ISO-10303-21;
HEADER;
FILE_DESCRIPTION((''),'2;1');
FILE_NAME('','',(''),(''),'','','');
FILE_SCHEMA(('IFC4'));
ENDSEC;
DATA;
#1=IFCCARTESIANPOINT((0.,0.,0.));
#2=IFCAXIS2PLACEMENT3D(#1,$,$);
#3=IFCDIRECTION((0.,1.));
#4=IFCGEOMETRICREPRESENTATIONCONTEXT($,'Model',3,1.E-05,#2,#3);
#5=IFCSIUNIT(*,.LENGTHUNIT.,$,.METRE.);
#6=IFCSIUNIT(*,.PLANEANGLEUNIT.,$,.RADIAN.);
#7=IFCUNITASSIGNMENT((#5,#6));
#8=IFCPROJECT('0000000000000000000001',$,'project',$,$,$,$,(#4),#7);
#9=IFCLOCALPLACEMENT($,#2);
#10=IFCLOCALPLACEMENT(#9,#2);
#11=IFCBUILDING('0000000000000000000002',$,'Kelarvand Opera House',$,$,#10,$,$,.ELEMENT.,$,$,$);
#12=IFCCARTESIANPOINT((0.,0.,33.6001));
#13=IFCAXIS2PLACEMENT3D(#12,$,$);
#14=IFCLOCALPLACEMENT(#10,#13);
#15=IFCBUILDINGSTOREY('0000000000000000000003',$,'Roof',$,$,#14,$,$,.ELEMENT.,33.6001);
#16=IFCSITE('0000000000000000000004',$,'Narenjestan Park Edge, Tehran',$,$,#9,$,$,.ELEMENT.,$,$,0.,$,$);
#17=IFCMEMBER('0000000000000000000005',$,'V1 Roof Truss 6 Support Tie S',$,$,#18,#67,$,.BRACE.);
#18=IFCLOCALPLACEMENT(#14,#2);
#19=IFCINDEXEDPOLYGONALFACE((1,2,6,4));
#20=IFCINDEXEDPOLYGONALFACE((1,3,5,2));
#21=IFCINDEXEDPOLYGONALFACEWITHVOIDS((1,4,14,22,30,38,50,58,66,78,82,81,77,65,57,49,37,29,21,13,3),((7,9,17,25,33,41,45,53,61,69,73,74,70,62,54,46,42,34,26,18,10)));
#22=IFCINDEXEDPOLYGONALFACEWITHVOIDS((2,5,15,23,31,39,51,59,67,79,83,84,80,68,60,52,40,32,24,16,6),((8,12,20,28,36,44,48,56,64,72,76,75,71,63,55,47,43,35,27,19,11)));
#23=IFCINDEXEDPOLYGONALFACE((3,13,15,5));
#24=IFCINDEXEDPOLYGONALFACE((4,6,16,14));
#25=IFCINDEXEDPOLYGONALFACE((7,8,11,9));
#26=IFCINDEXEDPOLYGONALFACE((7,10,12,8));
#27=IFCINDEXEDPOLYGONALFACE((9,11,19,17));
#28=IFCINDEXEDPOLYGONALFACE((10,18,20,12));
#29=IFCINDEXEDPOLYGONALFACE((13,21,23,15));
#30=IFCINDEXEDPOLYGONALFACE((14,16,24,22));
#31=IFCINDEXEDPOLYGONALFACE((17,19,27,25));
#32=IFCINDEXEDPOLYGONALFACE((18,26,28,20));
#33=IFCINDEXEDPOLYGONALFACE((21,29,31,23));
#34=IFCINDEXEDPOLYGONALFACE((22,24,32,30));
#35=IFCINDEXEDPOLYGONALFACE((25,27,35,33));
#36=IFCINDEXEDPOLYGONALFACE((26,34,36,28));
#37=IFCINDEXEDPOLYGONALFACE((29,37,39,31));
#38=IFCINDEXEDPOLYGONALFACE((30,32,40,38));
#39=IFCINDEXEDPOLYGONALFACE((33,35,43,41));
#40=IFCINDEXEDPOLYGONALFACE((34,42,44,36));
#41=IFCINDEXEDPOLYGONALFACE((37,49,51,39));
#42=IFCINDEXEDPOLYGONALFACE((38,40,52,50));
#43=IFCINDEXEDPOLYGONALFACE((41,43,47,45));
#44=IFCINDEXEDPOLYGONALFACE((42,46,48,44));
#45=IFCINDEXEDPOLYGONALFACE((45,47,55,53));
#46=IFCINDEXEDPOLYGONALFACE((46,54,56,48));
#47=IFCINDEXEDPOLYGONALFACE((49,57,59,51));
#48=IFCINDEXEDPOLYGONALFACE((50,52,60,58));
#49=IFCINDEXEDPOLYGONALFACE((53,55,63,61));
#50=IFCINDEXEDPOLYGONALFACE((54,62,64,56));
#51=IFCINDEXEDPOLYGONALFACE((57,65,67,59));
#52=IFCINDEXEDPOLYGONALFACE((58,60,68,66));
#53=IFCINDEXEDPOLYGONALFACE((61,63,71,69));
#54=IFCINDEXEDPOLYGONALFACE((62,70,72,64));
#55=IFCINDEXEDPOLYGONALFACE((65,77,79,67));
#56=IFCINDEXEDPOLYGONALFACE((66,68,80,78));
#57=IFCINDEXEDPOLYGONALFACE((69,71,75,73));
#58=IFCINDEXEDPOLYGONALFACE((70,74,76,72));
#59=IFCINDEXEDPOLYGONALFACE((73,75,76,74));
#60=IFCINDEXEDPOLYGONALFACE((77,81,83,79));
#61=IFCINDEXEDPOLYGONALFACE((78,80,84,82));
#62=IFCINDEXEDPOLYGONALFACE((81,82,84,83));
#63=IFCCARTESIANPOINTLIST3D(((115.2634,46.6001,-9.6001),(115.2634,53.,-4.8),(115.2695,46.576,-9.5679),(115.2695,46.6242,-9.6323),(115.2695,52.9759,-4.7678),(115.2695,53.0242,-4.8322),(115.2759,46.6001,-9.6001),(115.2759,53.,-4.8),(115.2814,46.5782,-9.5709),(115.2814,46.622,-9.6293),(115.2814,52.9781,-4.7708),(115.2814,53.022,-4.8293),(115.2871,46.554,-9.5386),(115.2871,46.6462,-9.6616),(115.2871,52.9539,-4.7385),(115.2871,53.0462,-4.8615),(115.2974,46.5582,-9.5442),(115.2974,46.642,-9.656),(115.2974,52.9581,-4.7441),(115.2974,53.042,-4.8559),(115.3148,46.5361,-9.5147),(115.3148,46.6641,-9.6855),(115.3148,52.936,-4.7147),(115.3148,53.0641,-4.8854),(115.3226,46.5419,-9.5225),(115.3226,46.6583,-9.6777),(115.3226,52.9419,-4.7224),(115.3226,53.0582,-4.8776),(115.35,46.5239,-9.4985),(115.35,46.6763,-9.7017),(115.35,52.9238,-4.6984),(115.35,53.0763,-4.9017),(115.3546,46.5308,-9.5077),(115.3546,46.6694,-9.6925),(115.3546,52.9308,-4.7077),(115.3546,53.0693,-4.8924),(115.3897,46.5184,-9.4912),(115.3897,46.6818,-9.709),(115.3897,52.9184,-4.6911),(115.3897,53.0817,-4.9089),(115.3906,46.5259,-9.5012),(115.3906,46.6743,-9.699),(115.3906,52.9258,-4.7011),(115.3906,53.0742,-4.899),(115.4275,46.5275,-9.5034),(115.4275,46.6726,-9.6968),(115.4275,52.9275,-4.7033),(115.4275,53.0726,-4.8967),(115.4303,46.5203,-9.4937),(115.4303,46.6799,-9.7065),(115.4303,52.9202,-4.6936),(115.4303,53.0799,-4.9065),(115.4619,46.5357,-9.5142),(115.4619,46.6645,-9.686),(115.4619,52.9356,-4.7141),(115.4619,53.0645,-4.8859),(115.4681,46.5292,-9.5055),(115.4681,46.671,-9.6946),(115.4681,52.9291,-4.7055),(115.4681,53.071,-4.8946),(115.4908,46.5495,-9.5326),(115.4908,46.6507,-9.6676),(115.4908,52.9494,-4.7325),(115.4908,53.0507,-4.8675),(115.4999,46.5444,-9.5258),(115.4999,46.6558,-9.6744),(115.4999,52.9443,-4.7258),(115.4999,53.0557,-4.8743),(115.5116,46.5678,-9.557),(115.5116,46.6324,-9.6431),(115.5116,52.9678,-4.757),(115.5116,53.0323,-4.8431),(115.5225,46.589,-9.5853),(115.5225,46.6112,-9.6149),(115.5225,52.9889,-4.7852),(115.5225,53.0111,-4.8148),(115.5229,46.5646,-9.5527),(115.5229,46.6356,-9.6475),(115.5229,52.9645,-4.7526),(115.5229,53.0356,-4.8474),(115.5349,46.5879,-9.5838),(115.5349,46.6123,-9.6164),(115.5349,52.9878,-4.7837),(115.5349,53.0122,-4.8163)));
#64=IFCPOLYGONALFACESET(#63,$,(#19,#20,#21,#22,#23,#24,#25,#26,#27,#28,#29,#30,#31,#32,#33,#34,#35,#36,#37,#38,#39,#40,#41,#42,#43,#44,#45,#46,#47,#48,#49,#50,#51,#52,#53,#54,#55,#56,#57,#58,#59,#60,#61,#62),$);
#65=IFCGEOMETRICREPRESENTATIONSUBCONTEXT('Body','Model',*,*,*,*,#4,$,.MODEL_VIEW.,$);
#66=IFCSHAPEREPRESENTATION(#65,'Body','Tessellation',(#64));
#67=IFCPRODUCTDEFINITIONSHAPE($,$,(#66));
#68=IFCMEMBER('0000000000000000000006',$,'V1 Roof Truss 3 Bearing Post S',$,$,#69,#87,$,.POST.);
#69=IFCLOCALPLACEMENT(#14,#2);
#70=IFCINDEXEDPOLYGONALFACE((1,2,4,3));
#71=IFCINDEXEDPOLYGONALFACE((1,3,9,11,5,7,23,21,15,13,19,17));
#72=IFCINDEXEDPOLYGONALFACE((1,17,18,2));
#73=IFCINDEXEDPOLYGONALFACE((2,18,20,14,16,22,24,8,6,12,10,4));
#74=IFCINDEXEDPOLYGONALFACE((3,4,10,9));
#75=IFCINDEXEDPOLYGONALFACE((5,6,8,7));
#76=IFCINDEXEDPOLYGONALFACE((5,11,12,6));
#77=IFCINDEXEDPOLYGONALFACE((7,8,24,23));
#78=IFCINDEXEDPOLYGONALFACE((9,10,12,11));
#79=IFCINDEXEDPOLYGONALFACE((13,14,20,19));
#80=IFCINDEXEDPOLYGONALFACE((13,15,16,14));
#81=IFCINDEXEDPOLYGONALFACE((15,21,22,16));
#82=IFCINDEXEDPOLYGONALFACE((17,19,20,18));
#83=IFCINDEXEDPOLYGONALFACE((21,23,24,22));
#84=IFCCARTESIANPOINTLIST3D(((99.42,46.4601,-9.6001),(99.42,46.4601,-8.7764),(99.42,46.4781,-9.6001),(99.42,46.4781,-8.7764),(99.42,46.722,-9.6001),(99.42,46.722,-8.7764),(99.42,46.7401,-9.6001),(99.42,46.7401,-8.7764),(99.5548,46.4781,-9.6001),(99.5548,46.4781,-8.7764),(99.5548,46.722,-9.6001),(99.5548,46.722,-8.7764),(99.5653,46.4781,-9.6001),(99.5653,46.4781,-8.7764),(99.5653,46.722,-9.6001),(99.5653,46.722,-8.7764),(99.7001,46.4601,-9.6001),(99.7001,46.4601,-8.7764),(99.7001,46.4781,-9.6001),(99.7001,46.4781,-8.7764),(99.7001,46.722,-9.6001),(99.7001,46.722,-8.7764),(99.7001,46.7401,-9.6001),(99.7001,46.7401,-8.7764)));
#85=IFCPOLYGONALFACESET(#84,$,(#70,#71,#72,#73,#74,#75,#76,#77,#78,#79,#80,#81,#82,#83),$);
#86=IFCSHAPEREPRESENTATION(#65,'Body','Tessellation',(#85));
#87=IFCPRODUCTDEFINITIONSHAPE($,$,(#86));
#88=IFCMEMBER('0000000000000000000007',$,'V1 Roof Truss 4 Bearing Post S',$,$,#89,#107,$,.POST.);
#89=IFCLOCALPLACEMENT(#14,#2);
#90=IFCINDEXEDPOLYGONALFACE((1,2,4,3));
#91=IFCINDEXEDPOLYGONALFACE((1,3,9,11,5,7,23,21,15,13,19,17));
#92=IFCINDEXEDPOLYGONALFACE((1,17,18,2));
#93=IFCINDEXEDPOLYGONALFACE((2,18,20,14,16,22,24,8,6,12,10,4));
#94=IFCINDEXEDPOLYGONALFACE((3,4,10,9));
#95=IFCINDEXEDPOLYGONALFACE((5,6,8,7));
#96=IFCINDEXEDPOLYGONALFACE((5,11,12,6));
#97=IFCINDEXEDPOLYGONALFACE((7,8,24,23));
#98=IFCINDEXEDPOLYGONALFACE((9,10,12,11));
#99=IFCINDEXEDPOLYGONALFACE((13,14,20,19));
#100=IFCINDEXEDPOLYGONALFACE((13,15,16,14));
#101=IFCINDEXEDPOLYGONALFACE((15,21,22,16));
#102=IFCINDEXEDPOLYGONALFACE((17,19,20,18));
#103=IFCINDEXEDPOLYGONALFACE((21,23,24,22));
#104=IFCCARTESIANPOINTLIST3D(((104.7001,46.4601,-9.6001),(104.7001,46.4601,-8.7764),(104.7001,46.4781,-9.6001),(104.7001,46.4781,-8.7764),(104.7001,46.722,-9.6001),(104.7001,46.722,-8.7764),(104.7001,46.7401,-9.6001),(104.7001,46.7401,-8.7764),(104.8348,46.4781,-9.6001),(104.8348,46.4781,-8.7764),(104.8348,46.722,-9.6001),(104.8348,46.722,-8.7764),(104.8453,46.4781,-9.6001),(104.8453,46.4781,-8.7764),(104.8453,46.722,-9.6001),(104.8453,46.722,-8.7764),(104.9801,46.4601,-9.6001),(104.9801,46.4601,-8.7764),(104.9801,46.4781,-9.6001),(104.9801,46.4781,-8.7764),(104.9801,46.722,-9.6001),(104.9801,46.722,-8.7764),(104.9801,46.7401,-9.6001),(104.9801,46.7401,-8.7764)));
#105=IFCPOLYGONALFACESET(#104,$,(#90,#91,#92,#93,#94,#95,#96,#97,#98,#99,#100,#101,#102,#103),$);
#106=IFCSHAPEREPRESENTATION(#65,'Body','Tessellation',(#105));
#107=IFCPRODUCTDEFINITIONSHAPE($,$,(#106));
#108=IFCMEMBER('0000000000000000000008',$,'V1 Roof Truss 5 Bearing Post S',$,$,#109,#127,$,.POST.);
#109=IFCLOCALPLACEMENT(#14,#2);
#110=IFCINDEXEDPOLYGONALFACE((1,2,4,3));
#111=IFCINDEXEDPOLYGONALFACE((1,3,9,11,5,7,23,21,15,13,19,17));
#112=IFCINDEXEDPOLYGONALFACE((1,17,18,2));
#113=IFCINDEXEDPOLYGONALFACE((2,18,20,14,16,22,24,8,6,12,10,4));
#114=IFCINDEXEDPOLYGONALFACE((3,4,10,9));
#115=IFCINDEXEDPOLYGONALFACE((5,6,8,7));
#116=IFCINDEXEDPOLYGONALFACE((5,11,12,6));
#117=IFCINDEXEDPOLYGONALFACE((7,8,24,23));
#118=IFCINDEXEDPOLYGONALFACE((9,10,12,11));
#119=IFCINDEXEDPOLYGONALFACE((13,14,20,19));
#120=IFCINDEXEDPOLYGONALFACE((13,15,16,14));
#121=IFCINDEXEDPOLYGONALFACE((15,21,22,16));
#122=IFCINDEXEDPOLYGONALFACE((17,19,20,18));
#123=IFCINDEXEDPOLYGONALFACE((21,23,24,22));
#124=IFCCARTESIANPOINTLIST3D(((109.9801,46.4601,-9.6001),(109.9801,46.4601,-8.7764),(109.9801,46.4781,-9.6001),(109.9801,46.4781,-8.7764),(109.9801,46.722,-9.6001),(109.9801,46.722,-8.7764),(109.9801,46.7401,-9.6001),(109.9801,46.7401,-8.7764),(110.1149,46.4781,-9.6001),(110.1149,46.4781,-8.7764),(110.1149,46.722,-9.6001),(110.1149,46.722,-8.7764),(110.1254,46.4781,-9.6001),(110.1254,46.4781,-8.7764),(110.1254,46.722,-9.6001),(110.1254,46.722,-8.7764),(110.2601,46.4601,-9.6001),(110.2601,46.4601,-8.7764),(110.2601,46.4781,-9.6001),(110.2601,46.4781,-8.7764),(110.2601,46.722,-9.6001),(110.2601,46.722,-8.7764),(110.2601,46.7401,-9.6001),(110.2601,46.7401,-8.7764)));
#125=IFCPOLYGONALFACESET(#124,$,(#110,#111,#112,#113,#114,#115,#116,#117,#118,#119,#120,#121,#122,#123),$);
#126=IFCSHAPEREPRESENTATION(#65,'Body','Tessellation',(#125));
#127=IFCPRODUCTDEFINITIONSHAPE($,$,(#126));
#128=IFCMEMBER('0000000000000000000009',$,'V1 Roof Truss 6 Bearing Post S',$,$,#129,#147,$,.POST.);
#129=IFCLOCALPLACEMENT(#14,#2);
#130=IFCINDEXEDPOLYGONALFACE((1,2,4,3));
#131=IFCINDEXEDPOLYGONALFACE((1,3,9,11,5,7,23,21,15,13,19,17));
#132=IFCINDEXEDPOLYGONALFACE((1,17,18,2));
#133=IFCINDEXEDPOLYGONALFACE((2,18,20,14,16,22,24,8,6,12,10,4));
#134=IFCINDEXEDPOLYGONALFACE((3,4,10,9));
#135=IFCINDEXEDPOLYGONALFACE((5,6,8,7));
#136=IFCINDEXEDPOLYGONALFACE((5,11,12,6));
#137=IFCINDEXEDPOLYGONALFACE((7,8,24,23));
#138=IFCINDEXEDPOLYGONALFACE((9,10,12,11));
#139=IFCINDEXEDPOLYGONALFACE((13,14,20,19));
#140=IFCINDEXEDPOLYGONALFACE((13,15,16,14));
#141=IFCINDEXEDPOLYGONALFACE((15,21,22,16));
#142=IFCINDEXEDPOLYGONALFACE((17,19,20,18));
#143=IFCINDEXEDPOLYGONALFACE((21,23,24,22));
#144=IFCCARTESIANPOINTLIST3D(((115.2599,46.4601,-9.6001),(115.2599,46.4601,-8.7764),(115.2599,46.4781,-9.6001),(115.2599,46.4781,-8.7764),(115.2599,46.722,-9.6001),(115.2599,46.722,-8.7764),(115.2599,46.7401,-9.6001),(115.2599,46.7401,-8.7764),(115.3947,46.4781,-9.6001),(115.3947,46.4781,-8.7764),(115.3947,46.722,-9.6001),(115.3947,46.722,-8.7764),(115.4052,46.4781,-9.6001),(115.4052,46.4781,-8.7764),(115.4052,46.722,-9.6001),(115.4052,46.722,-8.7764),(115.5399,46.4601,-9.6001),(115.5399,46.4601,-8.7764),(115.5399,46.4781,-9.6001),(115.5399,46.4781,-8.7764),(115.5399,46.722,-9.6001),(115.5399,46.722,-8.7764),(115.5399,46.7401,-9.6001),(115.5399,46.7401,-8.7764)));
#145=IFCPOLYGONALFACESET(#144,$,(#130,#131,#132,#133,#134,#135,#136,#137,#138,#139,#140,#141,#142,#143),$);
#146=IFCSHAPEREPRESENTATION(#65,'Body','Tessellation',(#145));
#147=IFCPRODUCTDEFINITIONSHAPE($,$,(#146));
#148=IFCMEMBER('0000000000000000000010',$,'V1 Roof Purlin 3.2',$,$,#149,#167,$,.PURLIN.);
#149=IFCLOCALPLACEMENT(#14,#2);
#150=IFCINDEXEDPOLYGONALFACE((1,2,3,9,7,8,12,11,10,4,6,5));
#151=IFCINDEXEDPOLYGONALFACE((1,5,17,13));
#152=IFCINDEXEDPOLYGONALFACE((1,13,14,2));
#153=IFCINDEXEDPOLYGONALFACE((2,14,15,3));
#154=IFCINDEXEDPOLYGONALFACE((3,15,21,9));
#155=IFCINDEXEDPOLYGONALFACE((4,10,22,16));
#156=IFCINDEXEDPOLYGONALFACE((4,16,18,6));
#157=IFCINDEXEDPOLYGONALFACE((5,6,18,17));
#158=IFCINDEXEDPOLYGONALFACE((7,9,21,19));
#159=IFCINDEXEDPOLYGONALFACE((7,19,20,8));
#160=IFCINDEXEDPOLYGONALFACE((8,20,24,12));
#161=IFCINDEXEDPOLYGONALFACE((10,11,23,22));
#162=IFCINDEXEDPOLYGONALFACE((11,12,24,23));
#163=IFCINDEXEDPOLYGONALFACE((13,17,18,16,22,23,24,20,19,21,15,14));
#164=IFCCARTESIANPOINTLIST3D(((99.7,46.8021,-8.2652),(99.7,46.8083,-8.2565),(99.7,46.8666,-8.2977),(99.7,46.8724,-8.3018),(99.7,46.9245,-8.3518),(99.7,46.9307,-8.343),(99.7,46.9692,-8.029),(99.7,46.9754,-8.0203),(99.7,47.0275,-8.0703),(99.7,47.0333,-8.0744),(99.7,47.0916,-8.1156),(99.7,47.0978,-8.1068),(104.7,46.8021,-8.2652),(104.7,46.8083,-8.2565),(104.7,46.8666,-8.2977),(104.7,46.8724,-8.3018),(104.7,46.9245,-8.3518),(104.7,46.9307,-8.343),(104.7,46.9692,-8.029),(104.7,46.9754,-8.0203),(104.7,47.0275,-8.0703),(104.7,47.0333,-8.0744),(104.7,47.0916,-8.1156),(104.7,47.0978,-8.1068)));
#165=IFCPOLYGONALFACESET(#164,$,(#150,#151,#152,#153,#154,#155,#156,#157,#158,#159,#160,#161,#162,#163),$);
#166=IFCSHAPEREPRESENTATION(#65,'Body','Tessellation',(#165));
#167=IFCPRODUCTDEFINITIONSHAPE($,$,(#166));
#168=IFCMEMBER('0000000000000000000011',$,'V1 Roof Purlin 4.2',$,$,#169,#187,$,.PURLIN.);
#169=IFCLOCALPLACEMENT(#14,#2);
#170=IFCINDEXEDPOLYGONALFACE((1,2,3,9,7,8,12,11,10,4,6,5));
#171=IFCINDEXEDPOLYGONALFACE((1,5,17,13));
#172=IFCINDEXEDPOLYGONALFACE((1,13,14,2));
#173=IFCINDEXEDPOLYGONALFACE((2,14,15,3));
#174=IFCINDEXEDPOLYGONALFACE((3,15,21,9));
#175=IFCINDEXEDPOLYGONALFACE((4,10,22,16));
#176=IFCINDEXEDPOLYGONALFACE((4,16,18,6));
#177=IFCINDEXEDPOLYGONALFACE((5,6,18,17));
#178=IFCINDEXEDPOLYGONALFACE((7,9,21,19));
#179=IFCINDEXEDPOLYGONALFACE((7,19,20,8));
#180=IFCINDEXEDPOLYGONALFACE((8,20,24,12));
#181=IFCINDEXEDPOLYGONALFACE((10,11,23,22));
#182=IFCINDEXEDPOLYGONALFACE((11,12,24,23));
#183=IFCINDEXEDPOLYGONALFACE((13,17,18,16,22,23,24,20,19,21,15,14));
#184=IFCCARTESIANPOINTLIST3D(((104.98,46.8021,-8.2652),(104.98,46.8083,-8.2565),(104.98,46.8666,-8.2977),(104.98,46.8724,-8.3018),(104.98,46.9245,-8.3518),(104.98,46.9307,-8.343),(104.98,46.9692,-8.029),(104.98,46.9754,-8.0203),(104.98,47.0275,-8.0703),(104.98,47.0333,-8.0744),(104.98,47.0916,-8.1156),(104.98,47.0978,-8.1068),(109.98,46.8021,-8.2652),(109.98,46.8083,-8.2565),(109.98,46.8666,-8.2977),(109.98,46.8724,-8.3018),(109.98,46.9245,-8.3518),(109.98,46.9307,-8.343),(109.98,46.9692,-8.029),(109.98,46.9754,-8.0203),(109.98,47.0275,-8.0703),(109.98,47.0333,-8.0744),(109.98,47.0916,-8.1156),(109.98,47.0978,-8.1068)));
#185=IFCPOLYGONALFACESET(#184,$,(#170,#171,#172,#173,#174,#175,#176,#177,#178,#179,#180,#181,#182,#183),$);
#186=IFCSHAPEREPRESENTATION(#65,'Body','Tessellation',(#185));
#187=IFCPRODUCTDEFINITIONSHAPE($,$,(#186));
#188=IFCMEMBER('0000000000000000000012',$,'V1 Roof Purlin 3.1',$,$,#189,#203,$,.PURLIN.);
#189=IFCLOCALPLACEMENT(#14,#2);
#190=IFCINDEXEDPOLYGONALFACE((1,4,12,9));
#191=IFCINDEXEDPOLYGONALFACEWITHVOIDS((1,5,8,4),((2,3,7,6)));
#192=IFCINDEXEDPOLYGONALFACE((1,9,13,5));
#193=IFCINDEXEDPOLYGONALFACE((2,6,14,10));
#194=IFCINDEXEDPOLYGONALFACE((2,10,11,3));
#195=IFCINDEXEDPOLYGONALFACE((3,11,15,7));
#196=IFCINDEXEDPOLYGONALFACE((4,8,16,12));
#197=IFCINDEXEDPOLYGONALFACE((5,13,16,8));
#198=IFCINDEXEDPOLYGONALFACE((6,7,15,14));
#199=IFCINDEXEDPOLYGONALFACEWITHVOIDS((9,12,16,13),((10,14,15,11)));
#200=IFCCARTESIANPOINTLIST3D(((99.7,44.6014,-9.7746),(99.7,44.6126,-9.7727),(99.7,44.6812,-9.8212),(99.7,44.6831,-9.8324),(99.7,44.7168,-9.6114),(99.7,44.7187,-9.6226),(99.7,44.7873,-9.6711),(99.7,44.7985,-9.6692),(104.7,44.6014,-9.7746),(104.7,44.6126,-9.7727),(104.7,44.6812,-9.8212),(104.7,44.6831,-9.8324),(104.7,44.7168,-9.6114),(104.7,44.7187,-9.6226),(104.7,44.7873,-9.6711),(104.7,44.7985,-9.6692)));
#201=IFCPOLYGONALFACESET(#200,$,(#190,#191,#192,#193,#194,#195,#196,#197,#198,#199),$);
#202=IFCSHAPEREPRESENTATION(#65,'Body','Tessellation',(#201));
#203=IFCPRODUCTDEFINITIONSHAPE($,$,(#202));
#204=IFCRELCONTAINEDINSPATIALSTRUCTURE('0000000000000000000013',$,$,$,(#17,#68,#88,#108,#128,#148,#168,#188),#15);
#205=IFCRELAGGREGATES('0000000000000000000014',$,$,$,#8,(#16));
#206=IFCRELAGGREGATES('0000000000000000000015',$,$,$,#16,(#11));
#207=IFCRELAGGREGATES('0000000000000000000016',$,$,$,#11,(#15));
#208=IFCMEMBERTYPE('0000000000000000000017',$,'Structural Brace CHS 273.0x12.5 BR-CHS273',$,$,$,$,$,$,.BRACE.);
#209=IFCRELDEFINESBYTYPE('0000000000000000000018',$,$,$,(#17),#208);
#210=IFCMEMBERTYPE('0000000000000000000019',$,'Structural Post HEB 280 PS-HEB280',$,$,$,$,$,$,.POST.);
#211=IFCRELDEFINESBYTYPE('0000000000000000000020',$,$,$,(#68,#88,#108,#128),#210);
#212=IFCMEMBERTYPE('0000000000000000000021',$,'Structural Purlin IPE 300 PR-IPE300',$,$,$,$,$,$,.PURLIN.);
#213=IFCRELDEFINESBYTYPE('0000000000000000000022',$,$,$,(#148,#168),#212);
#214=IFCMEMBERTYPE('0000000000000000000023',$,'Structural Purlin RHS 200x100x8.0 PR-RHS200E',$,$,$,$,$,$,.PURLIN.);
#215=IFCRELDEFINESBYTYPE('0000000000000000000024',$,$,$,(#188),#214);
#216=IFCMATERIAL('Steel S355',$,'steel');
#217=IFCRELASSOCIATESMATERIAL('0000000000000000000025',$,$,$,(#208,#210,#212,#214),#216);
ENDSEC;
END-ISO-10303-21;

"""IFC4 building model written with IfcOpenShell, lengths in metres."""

from ifc_helpers import new_model, si_unit, direction, frame, origin, origin_2d, place, context, subcontext, project, spatial, hollow_rectangle, hollow_circle, i_section, extrude, material, material_profile, profile_set, type_object, element, save


model = new_model("IFC4")

# Units and contexts
model_context = context("Model", 3, precision=1e-05, world=origin(), true_north=direction((0.0, 1.0)))
body_context = subcontext(model_context, "Body", "Model", "MODEL_VIEW")
ifc_project = project(units=[si_unit("LENGTHUNIT", "METRE"), si_unit("PLANEANGLEUNIT", "RADIAN")], contexts=[model_context])

# Site, building, storey
site_placement = place(None, origin())
site = spatial("IfcSite", under=ifc_project, at=site_placement, Name="Narenjestan Park Edge, Tehran", CompositionType="ELEMENT", RefElevation=0.0)
building_placement = place(site_placement, origin())
building = spatial("IfcBuilding", under=site, at=building_placement, Name="Kelarvand Opera House", CompositionType="ELEMENT")
storey_placement = place(building_placement, frame((0.0, 0.0, 33.6001)))
storey = spatial("IfcBuildingStorey", under=building, at=storey_placement, Name="Roof", CompositionType="ELEMENT", Elevation=33.6001)

# Members
ifc_material = material(Name="Steel S355", Category="steel")
ifc_material_profile_1 = material_profile(ifc_material, hollow_circle(Radius=0.1365, WallThickness=0.0125, at=origin_2d()), Name="CHS 273.0x12.5", Category="steel")
ifc_profile_set_1 = profile_set([ifc_material_profile_1], Name="Steel S355")
member_type_1 = type_object("IfcMemberType", Name="Structural Brace CHS 273.0x12.5 BR-CHS273", PredefinedType="BRACE", material=ifc_profile_set_1)
member_1_placement = place(storey_placement, frame((115.3999, 46.6001, -9.6001), z_axis=(0.0, 0.799993, 0.60001), x_axis=(-1.0, 0.0, 0.0)))
element("IfcMember", 1, at=member_1_placement, inside=storey, type_object=member_type_1, Name="V1 Roof Truss 6 Support Tie S", PredefinedType="BRACE", context=body_context, shape_type="SweptSolid", body=[
    extrude(hollow_circle(Radius=0.1365, WallThickness=0.0125, at=origin_2d()), origin(), (0.0, 0.0, 1.0), 8.0),
])
ifc_material_profile_2 = material_profile(ifc_material, i_section(OverallWidth=0.28, OverallDepth=0.28, WebThickness=0.0105, FlangeThickness=0.0181, at=origin_2d()), Name="HEB 280", Category="steel")
ifc_profile_set_2 = profile_set([ifc_material_profile_2], Name="Steel S355")
member_type_2 = type_object("IfcMemberType", Name="Structural Post HEB 280 PS-HEB280", PredefinedType="POST", material=ifc_profile_set_2)
for number, where, z_axis, x_axis, name in (
    (2, (99.5601, 46.6001, -9.6001), (0.0, 0.0, 1.0), (1.0, 0.0, 0.0), "V1 Roof Truss 3 Bearing Post S"),
    (3, (104.8401, 46.6001, -9.6001), (0.0, 0.0, 1.0), (1.0, 0.0, 0.0), "V1 Roof Truss 4 Bearing Post S"),
    (4, (110.1201, 46.6001, -9.6001), (0.0, 0.0, 1.0), (1.0, 0.0, 0.0), "V1 Roof Truss 5 Bearing Post S"),
    (5, (115.3999, 46.6001, -9.6001), (0.0, 0.0, 1.0), (1.0, 0.0, 0.0), "V1 Roof Truss 6 Bearing Post S"),
):
    element("IfcMember", number, at=place(storey_placement, frame(where, z_axis=z_axis, x_axis=x_axis)), inside=storey, type_object=member_type_2, Name=name, PredefinedType="POST", context=body_context, shape_type="SweptSolid", body=[
        extrude(i_section(OverallWidth=0.28, OverallDepth=0.28, WebThickness=0.0105, FlangeThickness=0.0181, at=origin_2d()), origin(), (0.0, 0.0, 1.0), 0.8237),
    ])
ifc_material_profile_3 = material_profile(ifc_material, i_section(OverallWidth=0.1499, OverallDepth=0.3, WebThickness=0.0071, FlangeThickness=0.0107, at=origin_2d()), Name="IPE 300", Category="steel")
ifc_profile_set_3 = profile_set([ifc_material_profile_3], Name="Steel S355")
member_type_3 = type_object("IfcMemberType", Name="Structural Purlin IPE 300 PR-IPE300", PredefinedType="PURLIN", material=ifc_profile_set_3)
for number, where, z_axis, x_axis, name in (
    (6, (99.7, 46.95, -8.186), (1.0, 0.0, 0.0), (0.0, 0.81644, -0.57743), "V1 Roof Purlin 3.2"),
    (7, (104.98, 46.95, -8.186), (1.0, 0.0, 0.0), (0.0, 0.81644, -0.57743), "V1 Roof Purlin 4.2"),
):
    element("IfcMember", number, at=place(storey_placement, frame(where, z_axis=z_axis, x_axis=x_axis)), inside=storey, type_object=member_type_3, Name=name, PredefinedType="PURLIN", context=body_context, shape_type="SweptSolid", body=[
        extrude(i_section(OverallWidth=0.1499, OverallDepth=0.3, WebThickness=0.0071, FlangeThickness=0.0107, at=origin_2d()), origin(), (0.0, 0.0, 1.0), 5.0),
    ])
ifc_material_profile_4 = material_profile(ifc_material, hollow_rectangle(XDim=0.1001, YDim=0.2, WallThickness=0.0081, at=origin_2d()), Name="RHS 200x100x8.0", Category="steel")
ifc_profile_set_4 = profile_set([ifc_material_profile_4], Name="Steel S355")
member_type_4 = type_object("IfcMemberType", Name="Structural Purlin RHS 200x100x8.0 PR-RHS200E", PredefinedType="PURLIN", material=ifc_profile_set_4)
for number, where, z_axis, x_axis, name in (
    (8, (99.7, 44.7, -9.7219), (1.0, 0.0, 0.0), (0.0, 0.81644, -0.57743), "V1 Roof Purlin 3.1"),
):
    element("IfcMember", number, at=place(storey_placement, frame(where, z_axis=z_axis, x_axis=x_axis)), inside=storey, type_object=member_type_4, Name=name, PredefinedType="PURLIN", context=body_context, shape_type="SweptSolid", body=[
        extrude(hollow_rectangle(XDim=0.1001, YDim=0.2, WallThickness=0.0081, at=origin_2d()), origin(), (0.0, 0.0, 1.0), 5.0),
    ])

save(model, "model.ifc")
